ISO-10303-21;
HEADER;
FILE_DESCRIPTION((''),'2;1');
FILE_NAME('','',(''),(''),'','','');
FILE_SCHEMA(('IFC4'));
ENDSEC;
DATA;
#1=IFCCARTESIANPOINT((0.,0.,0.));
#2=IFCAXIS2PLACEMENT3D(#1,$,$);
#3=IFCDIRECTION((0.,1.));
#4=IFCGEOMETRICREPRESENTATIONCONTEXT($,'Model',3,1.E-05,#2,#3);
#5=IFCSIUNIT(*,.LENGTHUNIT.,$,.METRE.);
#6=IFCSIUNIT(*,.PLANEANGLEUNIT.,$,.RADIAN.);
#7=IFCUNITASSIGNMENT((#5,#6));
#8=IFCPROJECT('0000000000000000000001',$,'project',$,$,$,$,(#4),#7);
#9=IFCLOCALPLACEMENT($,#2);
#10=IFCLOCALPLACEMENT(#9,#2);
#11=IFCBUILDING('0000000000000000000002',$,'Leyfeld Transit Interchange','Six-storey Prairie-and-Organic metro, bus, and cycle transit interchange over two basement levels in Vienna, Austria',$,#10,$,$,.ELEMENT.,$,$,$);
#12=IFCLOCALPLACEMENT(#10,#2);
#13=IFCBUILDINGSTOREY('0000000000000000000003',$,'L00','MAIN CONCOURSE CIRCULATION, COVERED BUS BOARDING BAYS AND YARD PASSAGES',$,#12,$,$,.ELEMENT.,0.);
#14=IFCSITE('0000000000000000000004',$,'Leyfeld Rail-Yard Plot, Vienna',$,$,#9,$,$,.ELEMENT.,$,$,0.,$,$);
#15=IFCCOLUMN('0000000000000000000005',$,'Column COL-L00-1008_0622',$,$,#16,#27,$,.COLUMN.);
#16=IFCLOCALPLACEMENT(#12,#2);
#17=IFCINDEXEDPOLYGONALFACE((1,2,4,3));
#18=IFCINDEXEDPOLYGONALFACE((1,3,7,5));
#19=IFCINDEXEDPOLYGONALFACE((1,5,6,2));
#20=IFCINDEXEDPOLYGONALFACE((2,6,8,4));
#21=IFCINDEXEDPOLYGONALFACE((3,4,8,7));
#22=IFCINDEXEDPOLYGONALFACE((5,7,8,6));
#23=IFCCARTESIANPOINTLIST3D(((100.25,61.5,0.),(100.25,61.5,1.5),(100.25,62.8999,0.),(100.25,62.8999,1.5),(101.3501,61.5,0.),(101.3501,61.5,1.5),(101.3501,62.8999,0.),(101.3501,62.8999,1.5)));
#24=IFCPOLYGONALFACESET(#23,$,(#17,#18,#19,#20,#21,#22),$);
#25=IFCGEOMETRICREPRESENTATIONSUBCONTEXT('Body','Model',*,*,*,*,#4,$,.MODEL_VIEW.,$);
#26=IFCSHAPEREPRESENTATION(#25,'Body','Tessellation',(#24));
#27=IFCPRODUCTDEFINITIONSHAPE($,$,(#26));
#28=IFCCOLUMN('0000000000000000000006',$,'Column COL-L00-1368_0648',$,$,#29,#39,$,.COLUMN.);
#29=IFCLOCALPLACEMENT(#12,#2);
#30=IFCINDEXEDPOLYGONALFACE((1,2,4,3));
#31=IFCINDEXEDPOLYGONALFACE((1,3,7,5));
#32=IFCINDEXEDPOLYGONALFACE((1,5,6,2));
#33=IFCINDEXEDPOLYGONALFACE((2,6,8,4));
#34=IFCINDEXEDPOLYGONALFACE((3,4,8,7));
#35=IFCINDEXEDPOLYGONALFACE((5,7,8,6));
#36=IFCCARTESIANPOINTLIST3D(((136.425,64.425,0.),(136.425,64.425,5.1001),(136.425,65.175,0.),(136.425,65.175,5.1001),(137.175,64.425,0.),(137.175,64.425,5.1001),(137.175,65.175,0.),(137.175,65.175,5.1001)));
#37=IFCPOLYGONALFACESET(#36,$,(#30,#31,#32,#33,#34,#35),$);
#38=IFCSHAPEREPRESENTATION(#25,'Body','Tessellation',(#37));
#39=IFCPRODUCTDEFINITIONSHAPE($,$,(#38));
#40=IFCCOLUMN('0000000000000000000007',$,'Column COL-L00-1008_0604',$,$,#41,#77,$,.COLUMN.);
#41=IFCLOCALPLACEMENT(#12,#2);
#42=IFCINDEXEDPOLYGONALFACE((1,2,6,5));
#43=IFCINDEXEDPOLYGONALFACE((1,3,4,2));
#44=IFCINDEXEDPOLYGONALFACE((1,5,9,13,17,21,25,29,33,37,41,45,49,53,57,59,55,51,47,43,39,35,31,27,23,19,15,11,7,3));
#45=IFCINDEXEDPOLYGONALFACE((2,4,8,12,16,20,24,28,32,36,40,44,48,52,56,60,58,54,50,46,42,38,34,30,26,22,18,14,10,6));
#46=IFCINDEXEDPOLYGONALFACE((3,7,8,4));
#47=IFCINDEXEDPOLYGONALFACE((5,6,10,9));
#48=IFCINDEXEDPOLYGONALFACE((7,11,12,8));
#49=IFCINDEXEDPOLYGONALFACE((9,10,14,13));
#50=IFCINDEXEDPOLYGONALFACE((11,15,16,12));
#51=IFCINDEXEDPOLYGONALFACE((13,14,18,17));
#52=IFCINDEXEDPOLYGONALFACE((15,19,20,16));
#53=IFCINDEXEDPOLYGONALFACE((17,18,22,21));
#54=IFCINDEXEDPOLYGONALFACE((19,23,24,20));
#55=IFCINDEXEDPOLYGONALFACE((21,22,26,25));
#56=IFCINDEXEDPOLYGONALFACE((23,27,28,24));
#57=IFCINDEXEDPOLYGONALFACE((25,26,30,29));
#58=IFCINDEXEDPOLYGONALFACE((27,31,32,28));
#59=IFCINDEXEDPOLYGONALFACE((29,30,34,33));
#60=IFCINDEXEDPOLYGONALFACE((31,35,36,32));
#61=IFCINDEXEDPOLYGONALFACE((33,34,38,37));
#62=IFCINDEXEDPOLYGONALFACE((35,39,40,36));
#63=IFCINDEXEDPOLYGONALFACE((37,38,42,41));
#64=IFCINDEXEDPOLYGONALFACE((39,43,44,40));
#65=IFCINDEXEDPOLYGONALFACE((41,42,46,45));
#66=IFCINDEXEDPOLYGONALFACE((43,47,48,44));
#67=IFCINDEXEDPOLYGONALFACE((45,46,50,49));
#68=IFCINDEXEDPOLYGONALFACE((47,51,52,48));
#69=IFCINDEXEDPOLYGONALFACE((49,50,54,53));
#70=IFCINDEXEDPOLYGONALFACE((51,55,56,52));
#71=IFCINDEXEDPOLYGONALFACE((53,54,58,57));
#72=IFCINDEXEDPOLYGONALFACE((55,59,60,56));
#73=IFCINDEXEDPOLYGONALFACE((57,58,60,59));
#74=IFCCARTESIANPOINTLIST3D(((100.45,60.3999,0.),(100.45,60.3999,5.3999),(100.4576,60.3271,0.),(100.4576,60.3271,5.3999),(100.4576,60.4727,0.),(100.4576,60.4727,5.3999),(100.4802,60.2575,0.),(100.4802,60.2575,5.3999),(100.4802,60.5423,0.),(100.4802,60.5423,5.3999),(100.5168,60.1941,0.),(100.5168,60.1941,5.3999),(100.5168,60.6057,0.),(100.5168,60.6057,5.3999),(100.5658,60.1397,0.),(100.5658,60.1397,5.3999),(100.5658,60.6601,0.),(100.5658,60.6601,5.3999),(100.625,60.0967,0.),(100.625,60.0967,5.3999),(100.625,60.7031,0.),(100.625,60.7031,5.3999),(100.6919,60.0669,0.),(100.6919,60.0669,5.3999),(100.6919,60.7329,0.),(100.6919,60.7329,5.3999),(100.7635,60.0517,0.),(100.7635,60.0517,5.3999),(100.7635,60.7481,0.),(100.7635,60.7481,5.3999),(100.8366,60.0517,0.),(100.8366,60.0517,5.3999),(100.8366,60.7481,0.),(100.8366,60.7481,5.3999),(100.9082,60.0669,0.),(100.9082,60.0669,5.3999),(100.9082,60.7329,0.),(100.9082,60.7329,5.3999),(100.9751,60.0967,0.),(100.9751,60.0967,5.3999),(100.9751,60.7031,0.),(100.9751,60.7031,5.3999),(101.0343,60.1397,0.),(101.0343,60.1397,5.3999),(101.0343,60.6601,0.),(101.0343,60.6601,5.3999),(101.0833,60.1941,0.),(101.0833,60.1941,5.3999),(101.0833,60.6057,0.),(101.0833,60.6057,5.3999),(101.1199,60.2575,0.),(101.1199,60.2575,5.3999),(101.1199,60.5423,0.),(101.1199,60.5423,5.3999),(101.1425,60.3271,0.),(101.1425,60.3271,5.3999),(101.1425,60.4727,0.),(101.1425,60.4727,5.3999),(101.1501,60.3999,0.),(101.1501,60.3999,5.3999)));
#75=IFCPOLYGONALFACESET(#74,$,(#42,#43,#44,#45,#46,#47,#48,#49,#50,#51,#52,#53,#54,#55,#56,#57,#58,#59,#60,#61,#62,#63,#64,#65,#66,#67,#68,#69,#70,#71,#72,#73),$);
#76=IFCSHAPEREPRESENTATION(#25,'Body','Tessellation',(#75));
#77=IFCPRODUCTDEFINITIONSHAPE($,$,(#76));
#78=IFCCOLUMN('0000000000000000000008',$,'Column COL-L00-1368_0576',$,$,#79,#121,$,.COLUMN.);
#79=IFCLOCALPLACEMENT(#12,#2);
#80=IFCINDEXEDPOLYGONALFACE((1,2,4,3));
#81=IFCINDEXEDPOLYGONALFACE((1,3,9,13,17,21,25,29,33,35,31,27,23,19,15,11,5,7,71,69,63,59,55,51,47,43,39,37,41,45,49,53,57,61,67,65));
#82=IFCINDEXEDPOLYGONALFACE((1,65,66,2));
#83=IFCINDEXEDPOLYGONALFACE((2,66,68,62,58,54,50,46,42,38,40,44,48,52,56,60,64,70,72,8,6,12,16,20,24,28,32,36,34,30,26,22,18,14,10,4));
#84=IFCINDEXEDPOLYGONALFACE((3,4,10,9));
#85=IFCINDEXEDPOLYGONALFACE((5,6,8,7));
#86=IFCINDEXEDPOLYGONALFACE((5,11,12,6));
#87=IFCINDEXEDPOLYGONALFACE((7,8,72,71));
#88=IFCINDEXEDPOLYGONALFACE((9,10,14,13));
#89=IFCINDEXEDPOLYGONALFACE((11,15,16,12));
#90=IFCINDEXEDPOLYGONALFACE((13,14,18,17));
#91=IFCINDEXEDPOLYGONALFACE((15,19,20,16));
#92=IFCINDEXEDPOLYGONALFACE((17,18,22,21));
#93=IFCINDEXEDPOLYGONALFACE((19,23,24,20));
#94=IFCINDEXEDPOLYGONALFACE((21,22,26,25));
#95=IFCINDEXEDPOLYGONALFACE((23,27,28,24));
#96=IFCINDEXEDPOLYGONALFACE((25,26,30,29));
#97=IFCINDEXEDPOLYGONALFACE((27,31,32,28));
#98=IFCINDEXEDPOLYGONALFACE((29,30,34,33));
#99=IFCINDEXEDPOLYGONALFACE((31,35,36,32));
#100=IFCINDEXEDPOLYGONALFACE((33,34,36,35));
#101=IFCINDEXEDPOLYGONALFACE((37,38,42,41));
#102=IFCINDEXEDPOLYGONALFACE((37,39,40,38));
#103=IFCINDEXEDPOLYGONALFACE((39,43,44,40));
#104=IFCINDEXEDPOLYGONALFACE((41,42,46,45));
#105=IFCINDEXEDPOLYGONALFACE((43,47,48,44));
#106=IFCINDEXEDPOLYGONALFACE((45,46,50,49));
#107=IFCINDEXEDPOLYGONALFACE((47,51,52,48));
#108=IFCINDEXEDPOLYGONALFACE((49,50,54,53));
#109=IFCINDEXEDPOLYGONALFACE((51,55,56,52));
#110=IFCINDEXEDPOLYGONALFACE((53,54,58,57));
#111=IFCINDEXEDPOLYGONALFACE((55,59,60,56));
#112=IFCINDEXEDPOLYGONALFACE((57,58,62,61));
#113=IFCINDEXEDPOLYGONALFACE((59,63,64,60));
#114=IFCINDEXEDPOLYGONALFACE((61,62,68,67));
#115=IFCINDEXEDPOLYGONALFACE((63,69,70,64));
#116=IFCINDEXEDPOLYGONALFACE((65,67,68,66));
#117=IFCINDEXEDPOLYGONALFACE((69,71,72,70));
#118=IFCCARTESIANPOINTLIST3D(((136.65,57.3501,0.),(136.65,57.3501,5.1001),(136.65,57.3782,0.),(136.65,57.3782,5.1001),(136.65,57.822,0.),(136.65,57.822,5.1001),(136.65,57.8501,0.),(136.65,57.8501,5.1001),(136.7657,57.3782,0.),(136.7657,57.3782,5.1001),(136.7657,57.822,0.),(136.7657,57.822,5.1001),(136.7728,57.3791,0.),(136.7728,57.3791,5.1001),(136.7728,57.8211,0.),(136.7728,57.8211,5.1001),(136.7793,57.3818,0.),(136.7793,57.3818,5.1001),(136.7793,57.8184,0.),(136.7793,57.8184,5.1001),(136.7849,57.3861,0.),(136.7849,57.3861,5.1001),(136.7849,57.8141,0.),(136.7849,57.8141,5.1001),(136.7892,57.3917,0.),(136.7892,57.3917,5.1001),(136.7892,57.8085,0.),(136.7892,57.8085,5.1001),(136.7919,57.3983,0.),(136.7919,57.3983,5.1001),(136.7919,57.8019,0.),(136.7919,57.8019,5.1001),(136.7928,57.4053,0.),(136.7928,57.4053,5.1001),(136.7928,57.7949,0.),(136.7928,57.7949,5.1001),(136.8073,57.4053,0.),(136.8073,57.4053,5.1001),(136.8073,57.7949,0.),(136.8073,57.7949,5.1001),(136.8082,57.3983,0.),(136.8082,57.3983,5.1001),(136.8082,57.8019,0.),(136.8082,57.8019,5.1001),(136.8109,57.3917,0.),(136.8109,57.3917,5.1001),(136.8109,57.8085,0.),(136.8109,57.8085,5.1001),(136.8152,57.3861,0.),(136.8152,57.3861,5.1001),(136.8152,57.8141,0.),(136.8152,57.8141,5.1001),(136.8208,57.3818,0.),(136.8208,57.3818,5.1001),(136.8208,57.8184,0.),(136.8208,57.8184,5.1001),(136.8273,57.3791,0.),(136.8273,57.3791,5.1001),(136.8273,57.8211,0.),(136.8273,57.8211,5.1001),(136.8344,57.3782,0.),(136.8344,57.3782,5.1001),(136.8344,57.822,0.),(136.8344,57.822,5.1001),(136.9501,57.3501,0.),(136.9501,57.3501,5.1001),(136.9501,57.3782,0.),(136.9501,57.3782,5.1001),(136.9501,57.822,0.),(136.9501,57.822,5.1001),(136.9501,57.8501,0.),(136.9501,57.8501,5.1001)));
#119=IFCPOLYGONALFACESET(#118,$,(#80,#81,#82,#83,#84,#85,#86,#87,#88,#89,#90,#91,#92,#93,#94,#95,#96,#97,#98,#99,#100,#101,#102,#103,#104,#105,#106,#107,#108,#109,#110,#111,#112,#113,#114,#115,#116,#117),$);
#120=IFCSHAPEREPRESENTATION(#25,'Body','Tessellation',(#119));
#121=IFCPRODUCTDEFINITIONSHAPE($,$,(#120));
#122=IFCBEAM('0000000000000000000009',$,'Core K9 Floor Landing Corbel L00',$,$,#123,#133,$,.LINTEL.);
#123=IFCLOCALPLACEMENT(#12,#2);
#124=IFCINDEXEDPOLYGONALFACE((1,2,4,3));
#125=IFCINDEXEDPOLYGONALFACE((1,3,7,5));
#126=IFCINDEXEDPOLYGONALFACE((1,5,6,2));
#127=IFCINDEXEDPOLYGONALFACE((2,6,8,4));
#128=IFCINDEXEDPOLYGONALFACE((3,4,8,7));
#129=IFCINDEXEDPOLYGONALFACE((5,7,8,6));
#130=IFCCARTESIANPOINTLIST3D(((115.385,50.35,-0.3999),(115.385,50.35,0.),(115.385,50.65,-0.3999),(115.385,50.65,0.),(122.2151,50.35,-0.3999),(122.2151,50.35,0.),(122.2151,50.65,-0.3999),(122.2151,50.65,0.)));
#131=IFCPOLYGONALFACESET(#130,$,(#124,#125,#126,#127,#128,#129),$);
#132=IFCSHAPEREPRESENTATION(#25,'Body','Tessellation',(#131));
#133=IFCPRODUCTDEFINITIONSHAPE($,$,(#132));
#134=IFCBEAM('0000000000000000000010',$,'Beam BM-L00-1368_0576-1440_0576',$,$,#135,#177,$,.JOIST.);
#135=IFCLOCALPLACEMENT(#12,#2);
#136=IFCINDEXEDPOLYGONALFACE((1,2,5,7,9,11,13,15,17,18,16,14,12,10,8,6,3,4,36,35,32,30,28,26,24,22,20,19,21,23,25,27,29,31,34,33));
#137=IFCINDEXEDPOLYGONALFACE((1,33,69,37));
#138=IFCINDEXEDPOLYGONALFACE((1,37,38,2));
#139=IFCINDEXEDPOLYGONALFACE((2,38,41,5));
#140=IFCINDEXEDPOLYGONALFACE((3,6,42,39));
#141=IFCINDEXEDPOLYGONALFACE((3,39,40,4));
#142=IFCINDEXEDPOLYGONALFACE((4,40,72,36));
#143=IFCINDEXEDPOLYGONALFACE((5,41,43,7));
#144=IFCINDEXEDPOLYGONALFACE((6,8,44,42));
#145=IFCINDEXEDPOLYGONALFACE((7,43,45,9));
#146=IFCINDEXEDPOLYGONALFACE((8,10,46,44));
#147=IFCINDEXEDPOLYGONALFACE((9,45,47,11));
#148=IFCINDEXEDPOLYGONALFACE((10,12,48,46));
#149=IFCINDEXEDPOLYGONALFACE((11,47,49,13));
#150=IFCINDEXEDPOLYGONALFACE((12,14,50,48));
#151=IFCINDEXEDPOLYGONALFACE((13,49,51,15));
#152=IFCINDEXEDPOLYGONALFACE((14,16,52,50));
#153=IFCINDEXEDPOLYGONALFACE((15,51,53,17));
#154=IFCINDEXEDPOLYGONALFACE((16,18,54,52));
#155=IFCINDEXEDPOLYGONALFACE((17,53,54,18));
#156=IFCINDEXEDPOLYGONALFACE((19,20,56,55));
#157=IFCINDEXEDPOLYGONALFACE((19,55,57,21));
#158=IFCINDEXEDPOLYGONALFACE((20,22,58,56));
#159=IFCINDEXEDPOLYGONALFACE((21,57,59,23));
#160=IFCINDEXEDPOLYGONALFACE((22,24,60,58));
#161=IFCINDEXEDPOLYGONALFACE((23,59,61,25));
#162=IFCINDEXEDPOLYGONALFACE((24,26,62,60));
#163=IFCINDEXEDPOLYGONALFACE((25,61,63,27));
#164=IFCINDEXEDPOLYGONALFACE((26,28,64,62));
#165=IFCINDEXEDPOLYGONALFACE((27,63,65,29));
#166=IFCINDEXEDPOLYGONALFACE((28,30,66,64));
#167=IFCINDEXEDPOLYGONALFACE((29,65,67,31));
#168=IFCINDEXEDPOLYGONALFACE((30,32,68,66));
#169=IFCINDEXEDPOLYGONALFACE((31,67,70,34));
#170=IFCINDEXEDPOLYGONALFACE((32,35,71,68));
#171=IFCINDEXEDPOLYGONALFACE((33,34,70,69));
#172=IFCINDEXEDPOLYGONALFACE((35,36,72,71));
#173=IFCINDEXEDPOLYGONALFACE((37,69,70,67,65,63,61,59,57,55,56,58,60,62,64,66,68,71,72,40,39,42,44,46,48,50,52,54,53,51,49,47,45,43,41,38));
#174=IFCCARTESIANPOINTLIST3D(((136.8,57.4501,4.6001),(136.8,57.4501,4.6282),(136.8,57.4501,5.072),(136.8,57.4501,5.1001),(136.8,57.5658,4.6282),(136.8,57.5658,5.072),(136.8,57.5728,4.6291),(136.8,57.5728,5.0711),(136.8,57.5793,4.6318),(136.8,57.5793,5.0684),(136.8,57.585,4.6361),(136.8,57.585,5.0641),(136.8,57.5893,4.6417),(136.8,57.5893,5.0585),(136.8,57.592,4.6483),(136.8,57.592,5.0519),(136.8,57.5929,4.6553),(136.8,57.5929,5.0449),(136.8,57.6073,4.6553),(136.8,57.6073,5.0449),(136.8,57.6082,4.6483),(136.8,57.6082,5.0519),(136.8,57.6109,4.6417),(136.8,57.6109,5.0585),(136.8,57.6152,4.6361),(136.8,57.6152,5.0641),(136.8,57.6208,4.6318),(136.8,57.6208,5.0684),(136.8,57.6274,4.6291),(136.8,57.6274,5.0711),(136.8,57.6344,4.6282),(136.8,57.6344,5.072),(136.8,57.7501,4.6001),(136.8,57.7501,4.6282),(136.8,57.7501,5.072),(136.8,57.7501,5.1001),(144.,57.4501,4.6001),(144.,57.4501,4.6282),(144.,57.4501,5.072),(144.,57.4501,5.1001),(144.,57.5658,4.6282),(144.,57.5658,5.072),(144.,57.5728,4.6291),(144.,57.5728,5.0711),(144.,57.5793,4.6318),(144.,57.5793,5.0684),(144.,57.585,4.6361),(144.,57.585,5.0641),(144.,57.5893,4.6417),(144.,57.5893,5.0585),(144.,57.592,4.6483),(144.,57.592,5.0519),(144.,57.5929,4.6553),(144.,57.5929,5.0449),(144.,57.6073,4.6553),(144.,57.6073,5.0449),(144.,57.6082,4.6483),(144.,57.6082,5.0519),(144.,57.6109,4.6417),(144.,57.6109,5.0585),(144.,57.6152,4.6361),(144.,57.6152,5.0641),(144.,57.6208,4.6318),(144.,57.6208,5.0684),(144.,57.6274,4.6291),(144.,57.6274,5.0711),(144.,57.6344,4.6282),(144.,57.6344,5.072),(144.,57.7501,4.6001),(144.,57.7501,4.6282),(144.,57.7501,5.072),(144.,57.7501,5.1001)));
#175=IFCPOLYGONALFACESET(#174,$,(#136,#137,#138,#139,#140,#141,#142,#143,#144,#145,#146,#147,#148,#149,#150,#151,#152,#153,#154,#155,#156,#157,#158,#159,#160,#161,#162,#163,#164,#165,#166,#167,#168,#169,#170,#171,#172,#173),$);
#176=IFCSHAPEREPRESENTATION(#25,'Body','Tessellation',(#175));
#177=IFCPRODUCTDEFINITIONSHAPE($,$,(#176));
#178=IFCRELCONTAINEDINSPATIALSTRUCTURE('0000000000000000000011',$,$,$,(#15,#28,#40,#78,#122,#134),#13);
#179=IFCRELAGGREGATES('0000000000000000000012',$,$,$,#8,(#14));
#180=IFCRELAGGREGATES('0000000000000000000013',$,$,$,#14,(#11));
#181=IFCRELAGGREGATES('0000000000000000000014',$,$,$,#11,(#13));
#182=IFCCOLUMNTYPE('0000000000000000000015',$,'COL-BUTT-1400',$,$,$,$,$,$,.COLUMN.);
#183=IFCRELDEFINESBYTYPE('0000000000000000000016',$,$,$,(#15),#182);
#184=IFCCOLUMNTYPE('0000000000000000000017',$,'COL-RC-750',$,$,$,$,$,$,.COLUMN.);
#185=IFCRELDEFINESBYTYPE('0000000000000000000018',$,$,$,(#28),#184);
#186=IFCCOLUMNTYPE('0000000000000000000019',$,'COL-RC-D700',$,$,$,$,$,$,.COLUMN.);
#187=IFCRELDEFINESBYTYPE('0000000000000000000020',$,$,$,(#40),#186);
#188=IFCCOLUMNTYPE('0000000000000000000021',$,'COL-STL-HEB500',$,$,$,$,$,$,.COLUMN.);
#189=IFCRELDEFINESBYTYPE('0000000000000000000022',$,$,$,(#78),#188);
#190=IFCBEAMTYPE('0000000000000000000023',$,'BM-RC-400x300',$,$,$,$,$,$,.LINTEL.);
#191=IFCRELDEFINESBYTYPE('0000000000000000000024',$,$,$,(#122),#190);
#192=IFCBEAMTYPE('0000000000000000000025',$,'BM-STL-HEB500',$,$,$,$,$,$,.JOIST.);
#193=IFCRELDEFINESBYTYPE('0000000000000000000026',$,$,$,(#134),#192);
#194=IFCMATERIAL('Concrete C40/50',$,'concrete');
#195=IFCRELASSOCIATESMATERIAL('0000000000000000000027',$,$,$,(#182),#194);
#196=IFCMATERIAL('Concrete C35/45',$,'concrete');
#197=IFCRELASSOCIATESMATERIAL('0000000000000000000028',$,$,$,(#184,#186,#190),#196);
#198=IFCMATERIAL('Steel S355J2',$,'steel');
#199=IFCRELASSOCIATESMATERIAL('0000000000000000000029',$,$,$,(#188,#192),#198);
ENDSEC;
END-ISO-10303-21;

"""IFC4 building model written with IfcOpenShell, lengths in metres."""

from ifc_helpers import new_model, si_unit, direction, frame, origin, origin_2d, place, context, subcontext, project, spatial, rectangle, circle, i_section, extrude, material, material_profile, profile_set, type_object, element, save


model = new_model("IFC4")

# Units and contexts
model_context = context("Model", 3, precision=1e-05, world=origin(), true_north=direction((0.0, 1.0)))
body_context = subcontext(model_context, "Body", "Model", "MODEL_VIEW")
ifc_project = project(units=[si_unit("LENGTHUNIT", "METRE"), si_unit("PLANEANGLEUNIT", "RADIAN")], contexts=[model_context])

# Site, building, storey
site_placement = place(None, origin())
site = spatial("IfcSite", under=ifc_project, at=site_placement, Name="Leyfeld Rail-Yard Plot, Vienna", CompositionType="ELEMENT", RefElevation=0.0)
building_placement = place(site_placement, origin())
building = spatial("IfcBuilding", under=site, at=building_placement, Name="Leyfeld Transit Interchange", Description="Six-storey Prairie-and-Organic metro, bus, and cycle transit interchange over two basement levels in Vienna, Austria", CompositionType="ELEMENT")
storey_placement = place(building_placement, origin())
storey = spatial("IfcBuildingStorey", under=building, at=storey_placement, Name="L00", Description="MAIN CONCOURSE CIRCULATION, COVERED BUS BOARDING BAYS AND YARD PASSAGES", CompositionType="ELEMENT", Elevation=0.0)

# Shared definitions
ifc_material_1 = material(Name="Concrete C35/45", Category="concrete")

# Columns
ifc_material_2 = material(Name="Concrete C40/50", Category="concrete")
ifc_material_profile_1 = material_profile(ifc_material_2, rectangle(XDim=1.1001, YDim=1.3999, at=origin_2d()), Name="RC 1400x1100")
ifc_profile_set_1 = profile_set([ifc_material_profile_1], Name="Concrete C40/50")
column_type_1 = type_object("IfcColumnType", Name="COL-BUTT-1400", PredefinedType="COLUMN", material=ifc_profile_set_1)
column_1_placement = place(storey_placement, frame((100.8, 62.2, 0.0), z_axis=(0.0, 0.0, 1.0), x_axis=(1.0, 0.0, 0.0)))
element("IfcColumn", 1, at=column_1_placement, inside=storey, type_object=column_type_1, Name="Column COL-L00-1008_0622", PredefinedType="COLUMN", context=body_context, shape_type="SweptSolid", body=[
    extrude(rectangle(XDim=1.1001, YDim=1.3999, at=origin_2d()), origin(), (0.0, 0.0, 1.0), 1.5),
])
ifc_material_profile_2 = material_profile(ifc_material_1, rectangle(XDim=0.75, YDim=0.75, at=origin_2d()), Name="RC 750x750")
ifc_profile_set_2 = profile_set([ifc_material_profile_2], Name="Concrete C35/45")
column_type_2 = type_object("IfcColumnType", Name="COL-RC-750", PredefinedType="COLUMN", material=ifc_profile_set_2)
column_2_placement = place(storey_placement, frame((136.8, 64.8, 0.0), z_axis=(0.0, 0.0, 1.0), x_axis=(1.0, 0.0, 0.0)))
element("IfcColumn", 2, at=column_2_placement, inside=storey, type_object=column_type_2, Name="Column COL-L00-1368_0648", PredefinedType="COLUMN", context=body_context, shape_type="SweptSolid", body=[
    extrude(rectangle(XDim=0.75, YDim=0.75, at=origin_2d()), origin(), (0.0, 0.0, 1.0), 5.1001),
])
ifc_material_profile_3 = material_profile(ifc_material_1, circle(Radius=0.3501, at=origin_2d()), Name="RC D700")
ifc_profile_set_3 = profile_set([ifc_material_profile_3], Name="Concrete C35/45")
column_type_3 = type_object("IfcColumnType", Name="COL-RC-D700", PredefinedType="COLUMN", material=ifc_profile_set_3)
column_3_placement = place(storey_placement, frame((100.8, 60.3999, 0.0), z_axis=(0.0, 0.0, 1.0), x_axis=(1.0, 0.0, 0.0)))
element("IfcColumn", 3, at=column_3_placement, inside=storey, type_object=column_type_3, Name="Column COL-L00-1008_0604", PredefinedType="COLUMN", context=body_context, shape_type="SweptSolid", body=[
    extrude(circle(Radius=0.3501, at=origin_2d()), origin(), (0.0, 0.0, 1.0), 5.3999),
])
ifc_material_3 = material(Name="Steel S355J2", Category="steel")
ifc_material_profile_4 = material_profile(ifc_material_3, i_section(OverallWidth=0.3, OverallDepth=0.5, WebThickness=0.0144, FlangeThickness=0.0281, FilletRadius=0.0271, at=origin_2d()), Name="HEB 500")
ifc_profile_set_4 = profile_set([ifc_material_profile_4], Name="Steel S355J2")
column_type_4 = type_object("IfcColumnType", Name="COL-STL-HEB500", PredefinedType="COLUMN", material=ifc_profile_set_4)
column_4_placement = place(storey_placement, frame((136.8, 57.6001, 0.0), z_axis=(0.0, 0.0, 1.0), x_axis=(1.0, 0.0, 0.0)))
element("IfcColumn", 4, at=column_4_placement, inside=storey, type_object=column_type_4, Name="Column COL-L00-1368_0576", PredefinedType="COLUMN", context=body_context, shape_type="SweptSolid", body=[
    extrude(i_section(OverallWidth=0.3, OverallDepth=0.5, WebThickness=0.0144, FlangeThickness=0.0281, FilletRadius=0.0271, at=origin_2d()), origin(), (0.0, 0.0, 1.0), 5.1001),
])

# Beams
ifc_material_profile_5 = material_profile(ifc_material_1, rectangle(XDim=0.3, YDim=0.3999, at=origin_2d()), Name="RC 400x300")
ifc_profile_set_5 = profile_set([ifc_material_profile_5], Name="Concrete C35/45")
beam_type_1 = type_object("IfcBeamType", Name="BM-RC-400x300", PredefinedType="LINTEL", material=ifc_profile_set_5)
beam_1_placement = place(storey_placement, frame((115.385, 50.5, -0.2), z_axis=(1.0, 0.0, 0.0), x_axis=(0.0, 1.0, 0.0)))
element("IfcBeam", 5, at=beam_1_placement, inside=storey, type_object=beam_type_1, Name="Core K9 Floor Landing Corbel L00", PredefinedType="LINTEL", context=body_context, shape_type="SweptSolid", body=[
    extrude(rectangle(XDim=0.3, YDim=0.3999, at=origin_2d()), origin(), (0.0, 0.0, 1.0), 6.8301),
])
ifc_material_profile_6 = material_profile(ifc_material_3, i_section(OverallWidth=0.3, OverallDepth=0.5, WebThickness=0.0144, FlangeThickness=0.0281, FilletRadius=0.0271, at=origin_2d()), Name="HEB 500")
ifc_profile_set_6 = profile_set([ifc_material_profile_6], Name="Steel S355J2")
beam_type_2 = type_object("IfcBeamType", Name="BM-STL-HEB500", PredefinedType="JOIST", material=ifc_profile_set_6)
beam_2_placement = place(storey_placement, frame((136.8, 57.6001, 4.8501), z_axis=(1.0, 0.0, 0.0), x_axis=(0.0, 1.0, 0.0)))
element("IfcBeam", 6, at=beam_2_placement, inside=storey, type_object=beam_type_2, Name="Beam BM-L00-1368_0576-1440_0576", PredefinedType="JOIST", context=body_context, shape_type="SweptSolid", body=[
    extrude(i_section(OverallWidth=0.3, OverallDepth=0.5, WebThickness=0.0144, FlangeThickness=0.0281, FilletRadius=0.0271, at=origin_2d()), origin(), (0.0, 0.0, 1.0), 7.2),
])

save(model, "model.ifc")
